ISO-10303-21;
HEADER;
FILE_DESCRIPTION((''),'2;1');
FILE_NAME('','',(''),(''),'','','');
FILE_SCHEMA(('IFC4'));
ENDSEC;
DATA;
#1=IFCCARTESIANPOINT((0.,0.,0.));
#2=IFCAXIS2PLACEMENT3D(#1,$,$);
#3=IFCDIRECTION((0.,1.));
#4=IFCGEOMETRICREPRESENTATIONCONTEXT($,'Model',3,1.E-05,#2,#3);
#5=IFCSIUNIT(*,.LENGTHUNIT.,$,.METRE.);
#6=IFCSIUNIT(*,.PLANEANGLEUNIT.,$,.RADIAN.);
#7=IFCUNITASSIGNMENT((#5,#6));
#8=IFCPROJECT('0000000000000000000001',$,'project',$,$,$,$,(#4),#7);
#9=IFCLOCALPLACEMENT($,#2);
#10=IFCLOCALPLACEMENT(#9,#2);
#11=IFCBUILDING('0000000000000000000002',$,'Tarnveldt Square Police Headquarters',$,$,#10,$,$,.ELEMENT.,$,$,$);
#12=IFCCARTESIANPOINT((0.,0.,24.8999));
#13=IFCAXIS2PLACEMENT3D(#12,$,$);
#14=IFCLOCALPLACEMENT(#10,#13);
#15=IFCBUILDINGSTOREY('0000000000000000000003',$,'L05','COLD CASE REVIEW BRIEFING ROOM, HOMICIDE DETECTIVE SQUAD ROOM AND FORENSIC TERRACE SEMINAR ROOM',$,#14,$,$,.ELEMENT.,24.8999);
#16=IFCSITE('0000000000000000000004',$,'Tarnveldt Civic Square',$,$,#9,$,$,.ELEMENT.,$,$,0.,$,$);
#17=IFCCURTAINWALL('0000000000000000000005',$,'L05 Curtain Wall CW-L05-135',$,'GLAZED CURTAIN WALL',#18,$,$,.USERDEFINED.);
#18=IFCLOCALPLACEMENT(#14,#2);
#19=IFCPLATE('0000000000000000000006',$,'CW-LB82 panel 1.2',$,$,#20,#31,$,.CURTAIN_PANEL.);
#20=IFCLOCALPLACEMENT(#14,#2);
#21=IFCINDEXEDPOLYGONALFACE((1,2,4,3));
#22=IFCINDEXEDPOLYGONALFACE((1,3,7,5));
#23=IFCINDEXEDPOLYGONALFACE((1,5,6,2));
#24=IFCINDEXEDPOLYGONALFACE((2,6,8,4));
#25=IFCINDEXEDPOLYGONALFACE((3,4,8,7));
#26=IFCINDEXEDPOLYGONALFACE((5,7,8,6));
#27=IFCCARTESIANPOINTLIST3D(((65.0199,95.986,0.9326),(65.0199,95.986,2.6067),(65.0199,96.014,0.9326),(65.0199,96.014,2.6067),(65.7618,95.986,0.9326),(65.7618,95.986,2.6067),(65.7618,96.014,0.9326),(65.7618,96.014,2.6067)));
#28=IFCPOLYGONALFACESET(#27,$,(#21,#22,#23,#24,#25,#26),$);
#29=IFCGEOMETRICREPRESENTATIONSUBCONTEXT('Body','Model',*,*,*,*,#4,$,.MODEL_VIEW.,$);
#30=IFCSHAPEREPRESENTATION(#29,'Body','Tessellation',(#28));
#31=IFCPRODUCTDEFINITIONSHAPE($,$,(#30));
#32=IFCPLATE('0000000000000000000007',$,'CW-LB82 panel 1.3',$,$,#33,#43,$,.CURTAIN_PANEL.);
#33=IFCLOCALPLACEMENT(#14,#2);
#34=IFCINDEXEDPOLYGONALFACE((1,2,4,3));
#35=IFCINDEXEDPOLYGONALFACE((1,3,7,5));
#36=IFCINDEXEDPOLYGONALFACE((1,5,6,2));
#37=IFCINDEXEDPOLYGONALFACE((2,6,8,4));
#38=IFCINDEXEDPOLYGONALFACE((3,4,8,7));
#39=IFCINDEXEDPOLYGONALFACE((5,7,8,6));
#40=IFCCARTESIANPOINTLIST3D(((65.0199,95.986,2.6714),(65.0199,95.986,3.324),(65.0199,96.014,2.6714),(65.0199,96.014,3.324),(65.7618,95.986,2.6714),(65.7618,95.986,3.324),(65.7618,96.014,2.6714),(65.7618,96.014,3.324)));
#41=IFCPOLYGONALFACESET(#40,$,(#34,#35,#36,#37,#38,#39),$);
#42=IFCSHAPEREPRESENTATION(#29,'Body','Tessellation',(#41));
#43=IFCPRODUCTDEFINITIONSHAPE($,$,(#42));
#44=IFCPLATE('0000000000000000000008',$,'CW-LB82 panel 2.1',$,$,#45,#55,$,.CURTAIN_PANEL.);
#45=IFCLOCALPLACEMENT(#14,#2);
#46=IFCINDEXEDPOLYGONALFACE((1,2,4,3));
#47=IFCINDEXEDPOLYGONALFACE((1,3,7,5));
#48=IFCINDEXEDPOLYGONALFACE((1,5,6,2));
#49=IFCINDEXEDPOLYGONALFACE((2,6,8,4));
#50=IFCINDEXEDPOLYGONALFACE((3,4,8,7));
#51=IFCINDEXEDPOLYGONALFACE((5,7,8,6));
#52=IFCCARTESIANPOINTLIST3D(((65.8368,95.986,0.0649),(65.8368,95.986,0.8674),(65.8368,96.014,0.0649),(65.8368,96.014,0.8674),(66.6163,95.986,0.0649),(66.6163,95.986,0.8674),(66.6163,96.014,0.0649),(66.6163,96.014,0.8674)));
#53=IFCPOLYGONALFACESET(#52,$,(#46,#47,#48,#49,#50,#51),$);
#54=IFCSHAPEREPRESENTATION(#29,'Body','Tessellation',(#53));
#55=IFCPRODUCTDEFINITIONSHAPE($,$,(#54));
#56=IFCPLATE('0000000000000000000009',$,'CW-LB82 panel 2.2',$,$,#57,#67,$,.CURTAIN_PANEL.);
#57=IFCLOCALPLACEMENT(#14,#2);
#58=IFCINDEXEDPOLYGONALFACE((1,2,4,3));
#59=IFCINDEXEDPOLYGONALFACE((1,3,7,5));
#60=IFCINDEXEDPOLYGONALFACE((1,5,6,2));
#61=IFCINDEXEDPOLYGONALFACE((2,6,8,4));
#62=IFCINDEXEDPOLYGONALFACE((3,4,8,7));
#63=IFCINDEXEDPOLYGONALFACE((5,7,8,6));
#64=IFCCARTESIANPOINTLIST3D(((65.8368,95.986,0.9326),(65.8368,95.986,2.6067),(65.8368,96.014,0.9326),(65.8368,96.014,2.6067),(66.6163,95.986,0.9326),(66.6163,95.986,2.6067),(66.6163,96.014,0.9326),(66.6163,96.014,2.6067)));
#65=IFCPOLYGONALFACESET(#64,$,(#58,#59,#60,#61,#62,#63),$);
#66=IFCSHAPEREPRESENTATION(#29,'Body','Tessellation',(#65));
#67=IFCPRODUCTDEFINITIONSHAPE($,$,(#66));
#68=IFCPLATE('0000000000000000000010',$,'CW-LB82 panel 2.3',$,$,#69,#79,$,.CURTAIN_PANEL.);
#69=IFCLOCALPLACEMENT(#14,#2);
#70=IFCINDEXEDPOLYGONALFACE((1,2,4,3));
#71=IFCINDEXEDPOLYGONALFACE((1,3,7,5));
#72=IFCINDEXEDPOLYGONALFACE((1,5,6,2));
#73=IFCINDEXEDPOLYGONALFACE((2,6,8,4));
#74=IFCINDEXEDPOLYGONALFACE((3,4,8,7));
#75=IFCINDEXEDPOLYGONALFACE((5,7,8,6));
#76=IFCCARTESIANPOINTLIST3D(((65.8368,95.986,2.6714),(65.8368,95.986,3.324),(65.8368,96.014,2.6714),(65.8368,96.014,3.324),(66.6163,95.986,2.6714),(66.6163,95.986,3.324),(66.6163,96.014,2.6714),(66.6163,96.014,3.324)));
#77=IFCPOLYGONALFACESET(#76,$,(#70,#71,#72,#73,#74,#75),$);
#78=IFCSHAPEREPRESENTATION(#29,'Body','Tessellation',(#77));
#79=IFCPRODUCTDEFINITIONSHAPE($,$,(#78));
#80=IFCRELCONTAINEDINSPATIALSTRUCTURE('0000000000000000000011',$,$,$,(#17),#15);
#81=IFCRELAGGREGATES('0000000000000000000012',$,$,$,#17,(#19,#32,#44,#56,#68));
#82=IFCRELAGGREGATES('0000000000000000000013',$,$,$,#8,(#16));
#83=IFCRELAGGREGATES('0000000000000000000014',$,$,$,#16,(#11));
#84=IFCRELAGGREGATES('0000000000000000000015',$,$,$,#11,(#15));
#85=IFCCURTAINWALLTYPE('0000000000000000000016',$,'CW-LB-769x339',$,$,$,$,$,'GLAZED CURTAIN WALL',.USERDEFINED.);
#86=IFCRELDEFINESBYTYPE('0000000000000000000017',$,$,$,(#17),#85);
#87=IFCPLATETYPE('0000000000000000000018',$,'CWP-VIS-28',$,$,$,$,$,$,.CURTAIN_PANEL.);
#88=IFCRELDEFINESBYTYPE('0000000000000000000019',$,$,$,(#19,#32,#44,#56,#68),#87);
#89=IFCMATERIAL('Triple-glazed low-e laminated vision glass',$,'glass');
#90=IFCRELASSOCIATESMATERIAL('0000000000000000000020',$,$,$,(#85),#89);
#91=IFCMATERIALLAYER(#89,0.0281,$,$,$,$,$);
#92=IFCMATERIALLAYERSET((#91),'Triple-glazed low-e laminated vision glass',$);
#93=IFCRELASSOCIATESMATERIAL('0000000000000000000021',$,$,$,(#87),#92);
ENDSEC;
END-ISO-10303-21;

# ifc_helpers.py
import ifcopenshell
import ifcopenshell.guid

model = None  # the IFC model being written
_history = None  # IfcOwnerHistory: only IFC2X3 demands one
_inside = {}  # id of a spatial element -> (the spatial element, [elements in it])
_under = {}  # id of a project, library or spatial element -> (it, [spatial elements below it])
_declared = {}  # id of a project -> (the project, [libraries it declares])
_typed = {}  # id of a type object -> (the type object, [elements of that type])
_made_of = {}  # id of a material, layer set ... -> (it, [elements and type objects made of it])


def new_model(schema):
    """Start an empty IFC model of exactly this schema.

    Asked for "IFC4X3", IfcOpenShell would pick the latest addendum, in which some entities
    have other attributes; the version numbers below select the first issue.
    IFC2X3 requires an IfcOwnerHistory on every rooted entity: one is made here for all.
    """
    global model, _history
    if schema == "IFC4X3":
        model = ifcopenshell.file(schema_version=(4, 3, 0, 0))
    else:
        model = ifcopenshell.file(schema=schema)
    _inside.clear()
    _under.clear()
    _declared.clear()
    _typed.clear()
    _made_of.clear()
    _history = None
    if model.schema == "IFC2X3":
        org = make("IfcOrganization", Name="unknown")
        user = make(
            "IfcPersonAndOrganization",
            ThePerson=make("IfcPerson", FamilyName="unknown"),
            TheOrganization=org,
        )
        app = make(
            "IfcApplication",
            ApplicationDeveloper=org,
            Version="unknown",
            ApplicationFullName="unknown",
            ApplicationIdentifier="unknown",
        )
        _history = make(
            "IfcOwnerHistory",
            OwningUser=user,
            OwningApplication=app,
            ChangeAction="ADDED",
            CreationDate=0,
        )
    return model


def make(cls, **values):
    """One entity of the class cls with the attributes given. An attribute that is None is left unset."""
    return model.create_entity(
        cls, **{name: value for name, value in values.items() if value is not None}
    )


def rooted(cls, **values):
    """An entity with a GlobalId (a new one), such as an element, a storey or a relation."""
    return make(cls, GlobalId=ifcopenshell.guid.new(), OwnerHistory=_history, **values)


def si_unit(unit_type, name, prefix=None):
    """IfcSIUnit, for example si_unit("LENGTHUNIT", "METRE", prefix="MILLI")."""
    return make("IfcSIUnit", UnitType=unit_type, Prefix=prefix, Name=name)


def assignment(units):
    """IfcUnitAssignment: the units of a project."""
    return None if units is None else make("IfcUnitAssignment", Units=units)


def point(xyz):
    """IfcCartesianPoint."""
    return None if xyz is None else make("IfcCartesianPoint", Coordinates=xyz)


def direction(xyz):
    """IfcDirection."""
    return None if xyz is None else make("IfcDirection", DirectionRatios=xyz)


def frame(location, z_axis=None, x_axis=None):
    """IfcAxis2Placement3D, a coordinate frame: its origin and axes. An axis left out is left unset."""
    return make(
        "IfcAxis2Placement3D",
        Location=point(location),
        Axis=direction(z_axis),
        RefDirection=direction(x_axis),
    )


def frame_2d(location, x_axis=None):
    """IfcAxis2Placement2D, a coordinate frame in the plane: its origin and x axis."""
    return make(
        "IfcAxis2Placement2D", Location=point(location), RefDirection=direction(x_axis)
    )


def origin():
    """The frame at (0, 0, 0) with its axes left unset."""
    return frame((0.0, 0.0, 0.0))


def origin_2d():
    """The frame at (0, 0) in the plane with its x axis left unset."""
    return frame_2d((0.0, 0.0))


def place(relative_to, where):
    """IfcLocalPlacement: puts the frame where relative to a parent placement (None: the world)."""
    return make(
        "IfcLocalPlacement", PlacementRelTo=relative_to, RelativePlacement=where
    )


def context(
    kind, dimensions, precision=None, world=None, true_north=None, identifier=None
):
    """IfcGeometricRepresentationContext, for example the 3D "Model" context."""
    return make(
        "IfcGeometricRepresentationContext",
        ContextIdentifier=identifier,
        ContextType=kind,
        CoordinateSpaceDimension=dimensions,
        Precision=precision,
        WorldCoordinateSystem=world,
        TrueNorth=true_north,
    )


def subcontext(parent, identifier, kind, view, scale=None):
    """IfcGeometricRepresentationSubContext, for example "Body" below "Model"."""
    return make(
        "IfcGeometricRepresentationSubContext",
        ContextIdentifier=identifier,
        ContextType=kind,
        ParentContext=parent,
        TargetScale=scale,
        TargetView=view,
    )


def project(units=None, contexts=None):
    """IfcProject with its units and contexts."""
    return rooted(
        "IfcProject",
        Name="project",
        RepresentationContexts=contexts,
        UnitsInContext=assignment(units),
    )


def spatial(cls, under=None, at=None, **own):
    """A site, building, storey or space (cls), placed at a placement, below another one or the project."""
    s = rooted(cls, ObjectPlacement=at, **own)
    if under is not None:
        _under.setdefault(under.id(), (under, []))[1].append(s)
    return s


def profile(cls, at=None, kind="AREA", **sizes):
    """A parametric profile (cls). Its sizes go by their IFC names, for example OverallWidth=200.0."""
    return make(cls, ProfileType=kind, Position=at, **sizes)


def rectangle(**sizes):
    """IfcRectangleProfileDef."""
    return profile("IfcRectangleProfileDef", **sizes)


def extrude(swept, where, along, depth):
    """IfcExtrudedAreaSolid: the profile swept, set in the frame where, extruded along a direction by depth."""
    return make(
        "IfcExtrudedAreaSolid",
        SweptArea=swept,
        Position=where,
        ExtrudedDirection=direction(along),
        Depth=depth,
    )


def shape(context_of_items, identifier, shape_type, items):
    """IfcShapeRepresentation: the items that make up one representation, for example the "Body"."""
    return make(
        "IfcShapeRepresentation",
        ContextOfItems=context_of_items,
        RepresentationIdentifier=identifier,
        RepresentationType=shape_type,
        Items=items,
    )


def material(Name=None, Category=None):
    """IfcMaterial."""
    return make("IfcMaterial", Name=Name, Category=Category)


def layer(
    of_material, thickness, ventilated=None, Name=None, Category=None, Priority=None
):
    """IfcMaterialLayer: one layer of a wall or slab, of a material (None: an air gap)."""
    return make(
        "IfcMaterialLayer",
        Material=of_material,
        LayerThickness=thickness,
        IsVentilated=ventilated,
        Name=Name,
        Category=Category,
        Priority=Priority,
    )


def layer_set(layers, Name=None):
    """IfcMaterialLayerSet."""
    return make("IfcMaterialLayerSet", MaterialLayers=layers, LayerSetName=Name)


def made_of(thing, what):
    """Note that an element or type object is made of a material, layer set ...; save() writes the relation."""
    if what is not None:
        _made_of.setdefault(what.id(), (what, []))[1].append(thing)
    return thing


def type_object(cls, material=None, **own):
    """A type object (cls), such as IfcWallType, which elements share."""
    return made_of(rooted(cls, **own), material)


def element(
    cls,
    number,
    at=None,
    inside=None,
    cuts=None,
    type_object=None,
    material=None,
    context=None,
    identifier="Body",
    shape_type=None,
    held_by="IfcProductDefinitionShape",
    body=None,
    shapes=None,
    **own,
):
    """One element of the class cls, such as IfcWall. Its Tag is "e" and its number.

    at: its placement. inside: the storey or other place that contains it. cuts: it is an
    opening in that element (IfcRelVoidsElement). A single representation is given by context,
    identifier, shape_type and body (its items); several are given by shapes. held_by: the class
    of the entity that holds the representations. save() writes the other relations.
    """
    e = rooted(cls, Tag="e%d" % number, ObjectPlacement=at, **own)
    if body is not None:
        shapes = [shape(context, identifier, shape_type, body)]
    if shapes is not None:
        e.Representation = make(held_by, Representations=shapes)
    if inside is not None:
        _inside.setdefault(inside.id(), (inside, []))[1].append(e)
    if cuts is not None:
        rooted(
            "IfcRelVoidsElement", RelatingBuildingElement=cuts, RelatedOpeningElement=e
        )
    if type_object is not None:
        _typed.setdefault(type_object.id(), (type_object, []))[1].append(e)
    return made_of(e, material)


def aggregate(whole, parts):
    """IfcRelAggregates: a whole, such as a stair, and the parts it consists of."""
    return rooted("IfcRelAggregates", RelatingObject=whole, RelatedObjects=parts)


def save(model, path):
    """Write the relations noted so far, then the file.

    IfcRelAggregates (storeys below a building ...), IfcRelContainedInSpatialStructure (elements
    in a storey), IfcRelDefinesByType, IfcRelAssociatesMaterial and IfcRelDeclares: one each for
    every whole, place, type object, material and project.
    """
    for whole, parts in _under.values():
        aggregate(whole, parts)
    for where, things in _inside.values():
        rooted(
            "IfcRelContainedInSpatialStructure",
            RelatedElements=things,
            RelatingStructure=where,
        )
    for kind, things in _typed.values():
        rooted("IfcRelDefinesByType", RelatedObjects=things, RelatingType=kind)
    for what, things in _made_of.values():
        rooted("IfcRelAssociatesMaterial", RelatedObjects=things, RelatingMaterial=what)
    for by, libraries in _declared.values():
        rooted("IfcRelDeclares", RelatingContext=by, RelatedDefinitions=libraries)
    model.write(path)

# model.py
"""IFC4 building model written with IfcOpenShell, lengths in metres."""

from ifc_helpers import new_model, si_unit, direction, frame, origin, origin_2d, place, context, subcontext, project, spatial, rectangle, extrude, material, layer, layer_set, type_object, element, aggregate, save


model = new_model("IFC4")

# Units and contexts
model_context = context("Model", 3, precision=1e-05, world=origin(), true_north=direction((0.0, 1.0)))
body_context = subcontext(model_context, "Body", "Model", "MODEL_VIEW")
ifc_project = project(units=[si_unit("LENGTHUNIT", "METRE"), si_unit("PLANEANGLEUNIT", "RADIAN")], contexts=[model_context])

# Site, building, storey
site_placement = place(None, origin())
site = spatial("IfcSite", under=ifc_project, at=site_placement, Name="Tarnveldt Civic Square", CompositionType="ELEMENT", RefElevation=0.0)
building_placement = place(site_placement, origin())
building = spatial("IfcBuilding", under=site, at=building_placement, Name="Tarnveldt Square Police Headquarters", CompositionType="ELEMENT")
storey_placement = place(building_placement, frame((0.0, 0.0, 24.8999)))
storey = spatial("IfcBuildingStorey", under=building, at=storey_placement, Name="L05", Description="COLD CASE REVIEW BRIEFING ROOM, HOMICIDE DETECTIVE SQUAD ROOM AND FORENSIC TERRACE SEMINAR ROOM", CompositionType="ELEMENT", Elevation=24.8999)

# Curtain wall, plates
ifc_material_1 = material(Name="Triple-glazed low-e laminated vision glass", Category="glass")
curtain_wall_type = type_object("IfcCurtainWallType", Name="CW-LB-769x339", ElementType="GLAZED CURTAIN WALL", PredefinedType="USERDEFINED", material=ifc_material_1)
curtain_wall_placement = place(storey_placement, origin())
curtain_wall = element("IfcCurtainWall", 1, at=curtain_wall_placement, inside=storey, type_object=curtain_wall_type, Name="L05 Curtain Wall CW-L05-135", ObjectType="GLAZED CURTAIN WALL", PredefinedType="USERDEFINED")
ifc_layer = layer(ifc_material_1, 0.0281)
ifc_layer_set = layer_set([ifc_layer], Name="Triple-glazed low-e laminated vision glass")
plate_type = type_object("IfcPlateType", Name="CWP-VIS-28", PredefinedType="CURTAIN_PANEL", material=ifc_layer_set)
plate_1_placement = place(storey_placement, frame((65.3909, 96.0, 0.9326), z_axis=(0.0, 0.0, 1.0), x_axis=(1.0, 0.0, 0.0)))
plate_1 = element("IfcPlate", 2, at=plate_1_placement, type_object=plate_type, Name="CW-LB82 panel 1.2", PredefinedType="CURTAIN_PANEL", context=body_context, shape_type="SweptSolid", body=[
    extrude(rectangle(XDim=0.7419, YDim=0.0281, at=origin_2d()), origin(), (0.0, 0.0, 1.0), 1.6741),
])
plate_2_placement = place(storey_placement, frame((65.3909, 96.0, 2.6714), z_axis=(0.0, 0.0, 1.0), x_axis=(1.0, 0.0, 0.0)))
plate_2 = element("IfcPlate", 3, at=plate_2_placement, type_object=plate_type, Name="CW-LB82 panel 1.3", PredefinedType="CURTAIN_PANEL", context=body_context, shape_type="SweptSolid", body=[
    extrude(rectangle(XDim=0.7419, YDim=0.0281, at=origin_2d()), origin(), (0.0, 0.0, 1.0), 0.6526),
])
plate_3_placement = place(storey_placement, frame((66.2266, 96.0, 0.0649), z_axis=(0.0, 0.0, 1.0), x_axis=(1.0, 0.0, 0.0)))
plate_3 = element("IfcPlate", 4, at=plate_3_placement, type_object=plate_type, Name="CW-LB82 panel 2.1", PredefinedType="CURTAIN_PANEL", context=body_context, shape_type="SweptSolid", body=[
    extrude(rectangle(XDim=0.7795, YDim=0.0281, at=origin_2d()), origin(), (0.0, 0.0, 1.0), 0.8025),
])
plate_4_placement = place(storey_placement, frame((66.2266, 96.0, 0.9326), z_axis=(0.0, 0.0, 1.0), x_axis=(1.0, 0.0, 0.0)))
plate_4 = element("IfcPlate", 5, at=plate_4_placement, type_object=plate_type, Name="CW-LB82 panel 2.2", PredefinedType="CURTAIN_PANEL", context=body_context, shape_type="SweptSolid", body=[
    extrude(rectangle(XDim=0.7795, YDim=0.0281, at=origin_2d()), origin(), (0.0, 0.0, 1.0), 1.6741),
])
plate_5_placement = place(storey_placement, frame((66.2266, 96.0, 2.6714), z_axis=(0.0, 0.0, 1.0), x_axis=(1.0, 0.0, 0.0)))
plate_5 = element("IfcPlate", 6, at=plate_5_placement, type_object=plate_type, Name="CW-LB82 panel 2.3", PredefinedType="CURTAIN_PANEL", context=body_context, shape_type="SweptSolid", body=[
    extrude(rectangle(XDim=0.7795, YDim=0.0281, at=origin_2d()), origin(), (0.0, 0.0, 1.0), 0.6526),
])
aggregate(curtain_wall, [plate_1, plate_2, plate_3, plate_4, plate_5])

save(model, "model.ifc")
